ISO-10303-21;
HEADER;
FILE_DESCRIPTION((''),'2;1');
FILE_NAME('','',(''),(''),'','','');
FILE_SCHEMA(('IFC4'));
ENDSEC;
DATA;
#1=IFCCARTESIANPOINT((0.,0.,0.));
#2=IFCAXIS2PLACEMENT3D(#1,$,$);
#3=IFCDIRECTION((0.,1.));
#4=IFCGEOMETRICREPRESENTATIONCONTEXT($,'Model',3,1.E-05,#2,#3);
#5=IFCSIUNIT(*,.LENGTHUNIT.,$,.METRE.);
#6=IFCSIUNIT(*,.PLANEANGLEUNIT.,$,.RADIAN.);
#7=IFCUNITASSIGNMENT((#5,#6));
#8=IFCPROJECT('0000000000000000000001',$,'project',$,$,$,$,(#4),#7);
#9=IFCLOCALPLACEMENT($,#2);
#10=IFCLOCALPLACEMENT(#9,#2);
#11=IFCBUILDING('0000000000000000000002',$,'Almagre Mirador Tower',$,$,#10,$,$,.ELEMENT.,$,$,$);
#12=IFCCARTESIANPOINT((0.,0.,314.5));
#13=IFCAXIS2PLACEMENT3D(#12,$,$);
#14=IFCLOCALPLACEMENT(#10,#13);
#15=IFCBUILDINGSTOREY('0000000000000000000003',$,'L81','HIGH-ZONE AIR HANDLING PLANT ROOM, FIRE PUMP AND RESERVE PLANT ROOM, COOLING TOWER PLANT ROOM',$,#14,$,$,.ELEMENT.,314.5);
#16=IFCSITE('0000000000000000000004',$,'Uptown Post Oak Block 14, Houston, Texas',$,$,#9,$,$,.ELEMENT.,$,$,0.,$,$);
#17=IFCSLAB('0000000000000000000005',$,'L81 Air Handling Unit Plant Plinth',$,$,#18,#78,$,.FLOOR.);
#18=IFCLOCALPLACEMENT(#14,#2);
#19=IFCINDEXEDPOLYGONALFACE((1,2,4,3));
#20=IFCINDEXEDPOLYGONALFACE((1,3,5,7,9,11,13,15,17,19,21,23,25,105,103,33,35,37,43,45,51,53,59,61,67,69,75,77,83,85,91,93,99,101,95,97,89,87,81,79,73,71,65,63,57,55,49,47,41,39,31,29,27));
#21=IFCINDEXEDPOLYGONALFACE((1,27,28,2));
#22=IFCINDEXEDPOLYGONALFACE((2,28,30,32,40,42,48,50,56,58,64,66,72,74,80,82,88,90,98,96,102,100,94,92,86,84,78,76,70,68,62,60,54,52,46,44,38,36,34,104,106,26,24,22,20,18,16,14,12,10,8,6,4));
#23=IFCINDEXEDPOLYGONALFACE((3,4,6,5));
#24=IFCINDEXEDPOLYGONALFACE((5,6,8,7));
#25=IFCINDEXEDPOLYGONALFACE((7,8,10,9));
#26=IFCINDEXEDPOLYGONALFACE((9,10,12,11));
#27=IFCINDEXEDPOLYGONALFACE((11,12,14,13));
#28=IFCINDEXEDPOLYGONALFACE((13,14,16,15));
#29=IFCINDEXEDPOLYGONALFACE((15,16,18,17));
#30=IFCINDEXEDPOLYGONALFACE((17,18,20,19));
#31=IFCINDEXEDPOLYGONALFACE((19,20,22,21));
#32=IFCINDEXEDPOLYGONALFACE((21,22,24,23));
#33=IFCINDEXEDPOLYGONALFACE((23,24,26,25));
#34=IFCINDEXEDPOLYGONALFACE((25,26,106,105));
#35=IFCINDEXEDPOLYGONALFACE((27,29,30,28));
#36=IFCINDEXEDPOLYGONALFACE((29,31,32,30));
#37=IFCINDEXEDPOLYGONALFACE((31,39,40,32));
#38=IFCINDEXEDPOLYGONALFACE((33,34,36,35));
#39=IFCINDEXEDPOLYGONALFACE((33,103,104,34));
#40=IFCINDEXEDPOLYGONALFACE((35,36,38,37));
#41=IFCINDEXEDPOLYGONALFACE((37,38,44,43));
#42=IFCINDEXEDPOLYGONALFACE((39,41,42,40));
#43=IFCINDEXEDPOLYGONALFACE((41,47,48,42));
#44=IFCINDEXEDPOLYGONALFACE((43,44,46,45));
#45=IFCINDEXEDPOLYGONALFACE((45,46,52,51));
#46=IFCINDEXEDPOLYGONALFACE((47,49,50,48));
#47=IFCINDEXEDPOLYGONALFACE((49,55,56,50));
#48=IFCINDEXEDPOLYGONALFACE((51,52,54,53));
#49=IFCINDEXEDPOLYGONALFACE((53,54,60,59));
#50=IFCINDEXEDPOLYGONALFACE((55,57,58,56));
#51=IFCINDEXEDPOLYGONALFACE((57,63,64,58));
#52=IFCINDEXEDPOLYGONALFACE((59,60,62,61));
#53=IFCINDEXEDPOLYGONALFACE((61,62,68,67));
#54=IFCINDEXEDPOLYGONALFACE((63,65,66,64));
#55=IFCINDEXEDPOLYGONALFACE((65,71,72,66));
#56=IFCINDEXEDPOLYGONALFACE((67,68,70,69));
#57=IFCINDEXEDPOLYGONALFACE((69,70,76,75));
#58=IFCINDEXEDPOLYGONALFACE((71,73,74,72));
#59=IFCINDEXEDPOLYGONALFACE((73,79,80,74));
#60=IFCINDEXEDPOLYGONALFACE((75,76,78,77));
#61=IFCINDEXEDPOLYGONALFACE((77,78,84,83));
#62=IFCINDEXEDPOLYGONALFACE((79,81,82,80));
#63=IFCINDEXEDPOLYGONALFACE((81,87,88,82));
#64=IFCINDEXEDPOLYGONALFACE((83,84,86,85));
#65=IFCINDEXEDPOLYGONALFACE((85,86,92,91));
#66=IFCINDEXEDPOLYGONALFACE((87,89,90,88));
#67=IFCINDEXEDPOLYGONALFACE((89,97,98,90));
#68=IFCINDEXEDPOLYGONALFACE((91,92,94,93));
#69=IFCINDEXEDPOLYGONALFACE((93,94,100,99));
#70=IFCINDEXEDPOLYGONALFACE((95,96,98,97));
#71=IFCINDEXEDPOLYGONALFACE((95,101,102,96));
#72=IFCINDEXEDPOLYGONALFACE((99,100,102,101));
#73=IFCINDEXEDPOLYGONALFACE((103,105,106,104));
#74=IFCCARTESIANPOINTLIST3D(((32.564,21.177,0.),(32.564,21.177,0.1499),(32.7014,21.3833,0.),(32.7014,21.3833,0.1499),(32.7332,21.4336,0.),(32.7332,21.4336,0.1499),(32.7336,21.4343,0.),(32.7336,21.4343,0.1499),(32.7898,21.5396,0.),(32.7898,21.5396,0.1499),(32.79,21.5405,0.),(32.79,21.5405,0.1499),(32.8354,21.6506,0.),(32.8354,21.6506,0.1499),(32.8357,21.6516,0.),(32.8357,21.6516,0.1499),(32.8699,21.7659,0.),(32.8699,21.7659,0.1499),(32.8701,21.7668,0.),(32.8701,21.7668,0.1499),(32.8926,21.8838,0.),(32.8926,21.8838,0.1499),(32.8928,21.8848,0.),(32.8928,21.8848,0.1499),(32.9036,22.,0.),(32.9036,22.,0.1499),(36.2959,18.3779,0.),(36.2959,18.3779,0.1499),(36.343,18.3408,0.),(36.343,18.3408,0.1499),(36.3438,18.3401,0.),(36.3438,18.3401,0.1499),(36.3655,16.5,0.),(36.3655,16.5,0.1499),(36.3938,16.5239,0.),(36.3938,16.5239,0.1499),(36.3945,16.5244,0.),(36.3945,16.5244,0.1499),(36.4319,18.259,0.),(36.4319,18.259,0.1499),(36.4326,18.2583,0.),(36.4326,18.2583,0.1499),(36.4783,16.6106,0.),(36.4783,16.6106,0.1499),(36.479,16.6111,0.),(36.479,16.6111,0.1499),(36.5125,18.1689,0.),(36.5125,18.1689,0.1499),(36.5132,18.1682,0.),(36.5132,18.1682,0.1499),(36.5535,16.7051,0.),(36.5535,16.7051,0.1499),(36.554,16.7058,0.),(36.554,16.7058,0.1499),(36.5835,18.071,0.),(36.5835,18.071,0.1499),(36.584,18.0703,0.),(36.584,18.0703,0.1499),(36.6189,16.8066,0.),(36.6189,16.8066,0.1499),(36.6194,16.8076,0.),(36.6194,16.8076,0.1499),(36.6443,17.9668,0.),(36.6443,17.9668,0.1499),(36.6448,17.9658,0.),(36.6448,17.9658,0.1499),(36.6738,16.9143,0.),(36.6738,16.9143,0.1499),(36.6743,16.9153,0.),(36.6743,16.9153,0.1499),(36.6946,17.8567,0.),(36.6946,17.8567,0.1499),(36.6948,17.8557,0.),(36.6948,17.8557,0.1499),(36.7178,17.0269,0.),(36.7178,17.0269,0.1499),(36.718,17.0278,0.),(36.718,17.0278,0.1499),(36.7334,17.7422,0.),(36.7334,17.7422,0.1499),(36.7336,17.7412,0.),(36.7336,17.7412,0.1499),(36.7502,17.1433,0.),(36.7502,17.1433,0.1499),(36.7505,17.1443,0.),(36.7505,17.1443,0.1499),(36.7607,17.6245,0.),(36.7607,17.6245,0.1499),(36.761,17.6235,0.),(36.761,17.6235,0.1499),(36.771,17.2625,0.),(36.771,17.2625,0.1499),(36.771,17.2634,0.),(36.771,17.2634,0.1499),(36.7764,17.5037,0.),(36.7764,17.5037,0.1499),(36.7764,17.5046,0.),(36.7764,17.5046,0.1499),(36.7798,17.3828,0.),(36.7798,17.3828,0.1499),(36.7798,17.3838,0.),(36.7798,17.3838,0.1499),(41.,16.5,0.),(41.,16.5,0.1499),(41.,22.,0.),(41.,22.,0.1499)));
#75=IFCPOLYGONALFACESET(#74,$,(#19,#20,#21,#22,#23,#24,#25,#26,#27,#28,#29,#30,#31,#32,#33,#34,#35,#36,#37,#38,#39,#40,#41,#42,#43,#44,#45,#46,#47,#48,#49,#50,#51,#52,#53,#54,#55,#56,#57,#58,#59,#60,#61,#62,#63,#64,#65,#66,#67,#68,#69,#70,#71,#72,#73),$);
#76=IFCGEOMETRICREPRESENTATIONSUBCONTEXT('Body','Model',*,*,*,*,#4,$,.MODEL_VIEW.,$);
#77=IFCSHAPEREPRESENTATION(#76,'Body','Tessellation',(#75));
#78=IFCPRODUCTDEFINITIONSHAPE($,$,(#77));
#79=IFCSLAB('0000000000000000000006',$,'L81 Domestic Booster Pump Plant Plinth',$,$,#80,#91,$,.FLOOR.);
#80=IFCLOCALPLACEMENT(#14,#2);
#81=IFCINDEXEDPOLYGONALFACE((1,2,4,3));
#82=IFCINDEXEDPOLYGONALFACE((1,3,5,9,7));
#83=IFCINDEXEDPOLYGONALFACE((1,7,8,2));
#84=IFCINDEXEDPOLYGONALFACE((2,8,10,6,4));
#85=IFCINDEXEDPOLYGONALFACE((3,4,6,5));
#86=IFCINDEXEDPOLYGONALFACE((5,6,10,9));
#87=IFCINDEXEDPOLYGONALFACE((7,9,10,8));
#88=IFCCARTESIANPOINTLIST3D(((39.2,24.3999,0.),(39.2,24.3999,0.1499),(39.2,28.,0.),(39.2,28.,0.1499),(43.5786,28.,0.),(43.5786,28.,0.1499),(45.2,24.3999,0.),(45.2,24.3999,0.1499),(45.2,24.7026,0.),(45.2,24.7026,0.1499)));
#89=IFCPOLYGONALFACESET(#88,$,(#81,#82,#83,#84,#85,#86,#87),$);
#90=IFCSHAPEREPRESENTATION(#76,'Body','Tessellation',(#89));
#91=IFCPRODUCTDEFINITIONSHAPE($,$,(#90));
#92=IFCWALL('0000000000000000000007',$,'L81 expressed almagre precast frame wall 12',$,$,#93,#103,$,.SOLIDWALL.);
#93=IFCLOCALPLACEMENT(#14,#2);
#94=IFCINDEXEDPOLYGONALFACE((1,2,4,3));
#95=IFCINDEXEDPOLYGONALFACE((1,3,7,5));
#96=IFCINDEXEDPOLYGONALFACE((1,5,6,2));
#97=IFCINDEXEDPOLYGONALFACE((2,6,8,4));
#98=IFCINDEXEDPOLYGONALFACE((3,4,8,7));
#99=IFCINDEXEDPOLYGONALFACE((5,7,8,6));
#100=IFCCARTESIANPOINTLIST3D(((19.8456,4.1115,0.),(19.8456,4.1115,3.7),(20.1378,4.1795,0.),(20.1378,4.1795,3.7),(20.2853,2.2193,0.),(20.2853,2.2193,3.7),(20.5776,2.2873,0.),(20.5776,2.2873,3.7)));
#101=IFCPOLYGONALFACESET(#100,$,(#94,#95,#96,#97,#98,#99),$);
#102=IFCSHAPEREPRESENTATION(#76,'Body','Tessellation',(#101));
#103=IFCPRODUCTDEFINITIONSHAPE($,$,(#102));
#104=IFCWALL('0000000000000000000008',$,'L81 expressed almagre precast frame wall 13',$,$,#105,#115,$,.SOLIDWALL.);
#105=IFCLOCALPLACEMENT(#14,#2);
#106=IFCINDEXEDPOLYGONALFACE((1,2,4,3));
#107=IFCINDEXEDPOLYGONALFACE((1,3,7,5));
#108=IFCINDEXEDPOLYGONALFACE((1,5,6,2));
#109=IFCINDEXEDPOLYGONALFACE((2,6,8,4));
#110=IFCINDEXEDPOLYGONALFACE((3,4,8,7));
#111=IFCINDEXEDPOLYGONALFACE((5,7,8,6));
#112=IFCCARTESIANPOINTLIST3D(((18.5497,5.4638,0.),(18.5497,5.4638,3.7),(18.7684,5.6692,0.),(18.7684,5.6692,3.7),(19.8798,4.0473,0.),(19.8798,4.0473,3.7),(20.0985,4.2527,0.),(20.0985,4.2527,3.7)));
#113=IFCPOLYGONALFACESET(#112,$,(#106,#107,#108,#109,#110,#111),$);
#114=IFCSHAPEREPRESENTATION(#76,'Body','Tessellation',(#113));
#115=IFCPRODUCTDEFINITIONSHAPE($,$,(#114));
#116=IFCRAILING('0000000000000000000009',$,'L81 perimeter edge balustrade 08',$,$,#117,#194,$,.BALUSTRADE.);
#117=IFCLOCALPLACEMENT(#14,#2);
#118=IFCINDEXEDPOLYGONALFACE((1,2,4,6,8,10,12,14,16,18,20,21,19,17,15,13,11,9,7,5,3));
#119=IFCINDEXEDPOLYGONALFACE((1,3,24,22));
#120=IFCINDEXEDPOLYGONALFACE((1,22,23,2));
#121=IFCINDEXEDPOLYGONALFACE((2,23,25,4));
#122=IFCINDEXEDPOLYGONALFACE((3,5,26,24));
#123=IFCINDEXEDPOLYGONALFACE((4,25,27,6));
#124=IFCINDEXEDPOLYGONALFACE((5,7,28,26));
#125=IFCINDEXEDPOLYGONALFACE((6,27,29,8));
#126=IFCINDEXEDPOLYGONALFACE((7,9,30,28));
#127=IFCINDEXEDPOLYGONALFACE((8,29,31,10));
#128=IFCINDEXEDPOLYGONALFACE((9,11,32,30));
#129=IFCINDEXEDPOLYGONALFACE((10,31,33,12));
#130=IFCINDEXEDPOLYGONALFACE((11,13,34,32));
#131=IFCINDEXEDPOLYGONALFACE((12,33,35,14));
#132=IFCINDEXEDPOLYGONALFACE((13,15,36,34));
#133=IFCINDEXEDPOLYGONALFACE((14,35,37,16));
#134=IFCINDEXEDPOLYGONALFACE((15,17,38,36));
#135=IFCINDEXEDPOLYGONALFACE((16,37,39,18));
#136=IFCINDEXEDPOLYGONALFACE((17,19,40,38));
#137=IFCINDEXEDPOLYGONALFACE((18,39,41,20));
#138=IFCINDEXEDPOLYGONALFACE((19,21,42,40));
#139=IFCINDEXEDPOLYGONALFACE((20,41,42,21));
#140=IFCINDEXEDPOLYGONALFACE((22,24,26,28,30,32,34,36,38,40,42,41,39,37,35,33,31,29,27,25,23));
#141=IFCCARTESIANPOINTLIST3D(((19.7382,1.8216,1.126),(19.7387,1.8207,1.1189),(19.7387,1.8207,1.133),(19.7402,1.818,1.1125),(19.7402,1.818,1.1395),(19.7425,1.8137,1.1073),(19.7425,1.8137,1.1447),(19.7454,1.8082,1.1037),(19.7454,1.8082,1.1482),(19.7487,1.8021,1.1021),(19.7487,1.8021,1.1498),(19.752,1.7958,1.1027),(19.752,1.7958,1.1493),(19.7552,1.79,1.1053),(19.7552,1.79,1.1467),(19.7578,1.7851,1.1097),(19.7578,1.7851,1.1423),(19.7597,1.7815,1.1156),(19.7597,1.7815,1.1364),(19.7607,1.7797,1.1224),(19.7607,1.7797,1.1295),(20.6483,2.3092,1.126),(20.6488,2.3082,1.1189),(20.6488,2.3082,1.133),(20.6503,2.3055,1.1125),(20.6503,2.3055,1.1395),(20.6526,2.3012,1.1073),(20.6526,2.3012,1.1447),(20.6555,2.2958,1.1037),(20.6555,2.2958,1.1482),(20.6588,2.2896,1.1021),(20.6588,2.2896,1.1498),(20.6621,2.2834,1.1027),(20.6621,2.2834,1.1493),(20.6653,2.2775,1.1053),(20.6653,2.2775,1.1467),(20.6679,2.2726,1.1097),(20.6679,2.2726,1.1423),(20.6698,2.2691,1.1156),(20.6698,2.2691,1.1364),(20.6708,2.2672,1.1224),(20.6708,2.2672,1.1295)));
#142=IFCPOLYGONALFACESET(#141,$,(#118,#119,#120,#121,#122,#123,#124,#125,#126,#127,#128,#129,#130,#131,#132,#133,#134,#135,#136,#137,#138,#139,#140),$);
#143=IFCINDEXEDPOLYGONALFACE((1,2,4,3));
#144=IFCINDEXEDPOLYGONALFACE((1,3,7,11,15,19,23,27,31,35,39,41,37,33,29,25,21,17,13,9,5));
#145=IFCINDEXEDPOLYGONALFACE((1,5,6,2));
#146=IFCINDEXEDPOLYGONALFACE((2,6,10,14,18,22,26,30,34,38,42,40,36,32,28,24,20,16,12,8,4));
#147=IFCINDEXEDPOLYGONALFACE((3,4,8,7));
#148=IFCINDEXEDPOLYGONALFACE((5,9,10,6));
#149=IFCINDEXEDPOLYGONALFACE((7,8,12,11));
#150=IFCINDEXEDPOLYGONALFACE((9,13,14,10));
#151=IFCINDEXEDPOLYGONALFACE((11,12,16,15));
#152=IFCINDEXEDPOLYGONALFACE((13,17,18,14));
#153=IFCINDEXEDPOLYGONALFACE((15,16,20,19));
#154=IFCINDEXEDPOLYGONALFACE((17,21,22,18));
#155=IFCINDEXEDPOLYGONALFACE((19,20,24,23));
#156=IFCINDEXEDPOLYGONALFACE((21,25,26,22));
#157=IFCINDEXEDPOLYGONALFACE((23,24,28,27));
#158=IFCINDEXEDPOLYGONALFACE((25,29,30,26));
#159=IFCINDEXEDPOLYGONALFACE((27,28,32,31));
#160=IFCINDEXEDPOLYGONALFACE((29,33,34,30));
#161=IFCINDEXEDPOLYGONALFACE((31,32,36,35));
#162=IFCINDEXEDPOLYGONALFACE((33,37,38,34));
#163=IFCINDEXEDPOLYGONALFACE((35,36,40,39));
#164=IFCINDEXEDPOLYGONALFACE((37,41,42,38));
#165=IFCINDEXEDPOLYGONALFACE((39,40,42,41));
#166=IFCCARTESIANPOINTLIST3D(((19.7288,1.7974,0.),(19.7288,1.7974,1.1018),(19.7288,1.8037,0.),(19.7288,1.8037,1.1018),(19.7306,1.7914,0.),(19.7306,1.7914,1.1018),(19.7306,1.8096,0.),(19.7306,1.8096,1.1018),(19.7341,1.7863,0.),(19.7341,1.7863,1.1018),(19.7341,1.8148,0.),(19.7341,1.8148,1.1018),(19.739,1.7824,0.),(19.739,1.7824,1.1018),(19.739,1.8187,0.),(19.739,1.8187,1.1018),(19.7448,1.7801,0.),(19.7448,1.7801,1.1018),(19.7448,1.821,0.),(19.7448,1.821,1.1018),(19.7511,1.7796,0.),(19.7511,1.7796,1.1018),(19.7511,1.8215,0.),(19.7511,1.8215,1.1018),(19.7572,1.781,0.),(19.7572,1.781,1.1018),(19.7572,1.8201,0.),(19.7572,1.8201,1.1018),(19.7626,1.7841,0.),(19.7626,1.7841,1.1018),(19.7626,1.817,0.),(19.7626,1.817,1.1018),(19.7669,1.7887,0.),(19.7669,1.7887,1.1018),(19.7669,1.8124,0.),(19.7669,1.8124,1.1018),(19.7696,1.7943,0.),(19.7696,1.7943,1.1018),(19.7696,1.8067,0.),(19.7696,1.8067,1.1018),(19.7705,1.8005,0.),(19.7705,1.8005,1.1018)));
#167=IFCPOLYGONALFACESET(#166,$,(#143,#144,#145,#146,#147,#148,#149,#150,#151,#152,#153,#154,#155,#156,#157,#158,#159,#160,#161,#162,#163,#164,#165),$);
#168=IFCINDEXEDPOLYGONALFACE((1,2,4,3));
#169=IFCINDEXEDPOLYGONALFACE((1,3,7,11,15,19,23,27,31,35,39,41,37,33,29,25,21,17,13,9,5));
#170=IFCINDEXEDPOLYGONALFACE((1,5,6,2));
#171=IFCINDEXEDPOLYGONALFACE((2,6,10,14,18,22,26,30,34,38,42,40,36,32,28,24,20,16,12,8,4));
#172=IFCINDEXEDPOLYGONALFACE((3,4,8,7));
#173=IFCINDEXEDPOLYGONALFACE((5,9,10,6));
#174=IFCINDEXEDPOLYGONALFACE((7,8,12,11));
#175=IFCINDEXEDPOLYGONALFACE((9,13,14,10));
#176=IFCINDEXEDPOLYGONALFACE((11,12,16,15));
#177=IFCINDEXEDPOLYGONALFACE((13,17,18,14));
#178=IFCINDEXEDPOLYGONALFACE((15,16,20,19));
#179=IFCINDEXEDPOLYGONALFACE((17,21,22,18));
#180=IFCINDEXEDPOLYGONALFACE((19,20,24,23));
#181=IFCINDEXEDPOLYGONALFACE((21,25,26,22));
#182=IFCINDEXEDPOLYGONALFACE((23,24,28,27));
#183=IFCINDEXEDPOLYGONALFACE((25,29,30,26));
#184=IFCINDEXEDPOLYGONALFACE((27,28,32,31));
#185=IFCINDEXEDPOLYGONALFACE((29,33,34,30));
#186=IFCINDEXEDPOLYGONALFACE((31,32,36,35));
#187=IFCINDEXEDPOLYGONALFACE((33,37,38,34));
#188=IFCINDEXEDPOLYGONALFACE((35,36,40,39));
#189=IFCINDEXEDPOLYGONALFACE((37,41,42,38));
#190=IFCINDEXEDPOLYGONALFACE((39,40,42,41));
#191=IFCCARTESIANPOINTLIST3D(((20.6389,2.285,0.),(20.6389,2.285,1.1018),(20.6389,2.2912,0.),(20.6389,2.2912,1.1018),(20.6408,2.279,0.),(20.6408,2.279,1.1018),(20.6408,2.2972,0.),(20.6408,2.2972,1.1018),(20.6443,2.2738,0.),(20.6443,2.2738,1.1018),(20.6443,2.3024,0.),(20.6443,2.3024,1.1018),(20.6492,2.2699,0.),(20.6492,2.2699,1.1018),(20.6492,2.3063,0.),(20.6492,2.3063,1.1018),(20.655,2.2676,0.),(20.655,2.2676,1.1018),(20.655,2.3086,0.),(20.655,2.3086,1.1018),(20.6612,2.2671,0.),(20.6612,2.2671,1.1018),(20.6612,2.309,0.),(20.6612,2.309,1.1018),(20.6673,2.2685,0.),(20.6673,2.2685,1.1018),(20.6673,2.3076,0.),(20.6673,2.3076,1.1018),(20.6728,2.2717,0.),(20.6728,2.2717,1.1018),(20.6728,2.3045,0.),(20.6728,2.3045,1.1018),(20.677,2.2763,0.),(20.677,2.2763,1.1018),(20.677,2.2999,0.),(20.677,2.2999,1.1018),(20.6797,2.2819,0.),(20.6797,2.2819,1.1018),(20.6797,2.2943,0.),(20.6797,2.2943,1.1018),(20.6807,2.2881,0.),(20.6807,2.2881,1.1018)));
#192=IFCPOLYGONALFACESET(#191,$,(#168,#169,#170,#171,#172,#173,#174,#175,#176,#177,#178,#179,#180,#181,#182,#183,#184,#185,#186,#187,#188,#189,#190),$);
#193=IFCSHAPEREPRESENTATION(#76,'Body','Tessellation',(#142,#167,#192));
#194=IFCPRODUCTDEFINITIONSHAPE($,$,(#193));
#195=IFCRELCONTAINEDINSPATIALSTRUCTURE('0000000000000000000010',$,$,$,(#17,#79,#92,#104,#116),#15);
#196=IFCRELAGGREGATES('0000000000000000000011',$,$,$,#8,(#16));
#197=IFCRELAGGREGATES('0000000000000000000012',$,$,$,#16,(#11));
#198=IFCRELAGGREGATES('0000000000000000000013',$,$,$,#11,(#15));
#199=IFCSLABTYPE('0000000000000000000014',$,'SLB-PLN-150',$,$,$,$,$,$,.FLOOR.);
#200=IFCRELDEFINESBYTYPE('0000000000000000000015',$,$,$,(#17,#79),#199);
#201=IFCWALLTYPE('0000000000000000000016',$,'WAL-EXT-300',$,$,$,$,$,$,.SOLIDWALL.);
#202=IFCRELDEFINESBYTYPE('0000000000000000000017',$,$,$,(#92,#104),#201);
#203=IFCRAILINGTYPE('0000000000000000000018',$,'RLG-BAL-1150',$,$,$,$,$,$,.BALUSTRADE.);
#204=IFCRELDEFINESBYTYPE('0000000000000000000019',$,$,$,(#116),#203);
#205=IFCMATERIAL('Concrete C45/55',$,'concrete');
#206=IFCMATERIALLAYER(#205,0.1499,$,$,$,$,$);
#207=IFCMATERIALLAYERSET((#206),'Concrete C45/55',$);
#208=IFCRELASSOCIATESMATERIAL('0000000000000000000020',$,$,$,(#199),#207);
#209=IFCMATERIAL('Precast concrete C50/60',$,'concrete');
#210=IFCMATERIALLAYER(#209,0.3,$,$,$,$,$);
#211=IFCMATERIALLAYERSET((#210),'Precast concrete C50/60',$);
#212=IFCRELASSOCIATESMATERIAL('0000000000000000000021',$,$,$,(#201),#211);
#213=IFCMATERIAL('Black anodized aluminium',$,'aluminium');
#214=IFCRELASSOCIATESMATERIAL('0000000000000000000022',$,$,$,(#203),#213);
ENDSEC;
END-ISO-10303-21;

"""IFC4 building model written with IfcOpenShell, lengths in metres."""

from ifc_helpers import new_model, si_unit, direction, frame, frame_2d, origin, origin_2d, place, context, subcontext, project, spatial, polyline, rectangle, circle, outline, extrude, material, layer, layer_set, type_object, element, save


model = new_model("IFC4")

# Units and contexts
model_context = context("Model", 3, precision=1e-05, world=origin(), true_north=direction((0.0, 1.0)))
body_context = subcontext(model_context, "Body", "Model", "MODEL_VIEW")
ifc_project = project(units=[si_unit("LENGTHUNIT", "METRE"), si_unit("PLANEANGLEUNIT", "RADIAN")], contexts=[model_context])

# Site, building, storey
site_placement = place(None, origin())
site = spatial("IfcSite", under=ifc_project, at=site_placement, Name="Uptown Post Oak Block 14, Houston, Texas", CompositionType="ELEMENT", RefElevation=0.0)
building_placement = place(site_placement, origin())
building = spatial("IfcBuilding", under=site, at=building_placement, Name="Almagre Mirador Tower", CompositionType="ELEMENT")
storey_placement = place(building_placement, frame((0.0, 0.0, 314.5)))
storey = spatial("IfcBuildingStorey", under=building, at=storey_placement, Name="L81", Description="HIGH-ZONE AIR HANDLING PLANT ROOM, FIRE PUMP AND RESERVE PLANT ROOM, COOLING TOWER PLANT ROOM", CompositionType="ELEMENT", Elevation=314.5)

# Slabs
ifc_material_1 = material(Name="Concrete C45/55", Category="concrete")
ifc_layer_1 = layer(ifc_material_1, 0.1499)
ifc_layer_set_1 = layer_set([ifc_layer_1], Name="Concrete C45/55")
slab_type_1 = type_object("IfcSlabType", Name="SLB-PLN-150", PredefinedType="FLOOR", material=ifc_layer_set_1)
slab_1_placement = place(storey_placement, origin())
element("IfcSlab", 1, at=slab_1_placement, inside=storey, type_object=slab_type_1, Name="L81 Air Handling Unit Plant Plinth", PredefinedType="FLOOR", context=body_context, shape_type="SweptSolid", body=[
    extrude(outline(polyline([(32.9036, 22.0), (32.8928, 21.8848), (32.8926, 21.8838), (32.8701, 21.7668), (32.8699, 21.7659), (32.8357, 21.6516), (32.8354, 21.6506), (32.79, 21.5405), (32.7898, 21.5396), (32.7336, 21.4343), (32.7332, 21.4336), (32.7014, 21.3833), (32.564, 21.177), (36.2959, 18.3779), (36.343, 18.3408), (36.3438, 18.3401), (36.4319, 18.259), (36.4326, 18.2583), (36.5125, 18.1689), (36.5132, 18.1682), (36.5835, 18.071), (36.584, 18.0703), (36.6443, 17.9668), (36.6448, 17.9658), (36.6946, 17.8567), (36.6948, 17.8557), (36.7334, 17.7422), (36.7336, 17.7412), (36.7607, 17.6245), (36.761, 17.6235), (36.7764, 17.5046), (36.7764, 17.5037), (36.7798, 17.3838), (36.7798, 17.3828), (36.771, 17.2634), (36.771, 17.2625), (36.7505, 17.1443), (36.7502, 17.1433), (36.718, 17.0278), (36.7178, 17.0269), (36.6743, 16.9153), (36.6738, 16.9143), (36.6194, 16.8076), (36.6189, 16.8066), (36.554, 16.7058), (36.5535, 16.7051), (36.479, 16.6111), (36.4783, 16.6106), (36.3945, 16.5244), (36.3938, 16.5239), (36.3655, 16.5), (41.0, 16.5), (41.0, 22.0), (32.9036, 22.0)])), origin(), (0.0, 0.0, 1.0), 0.1499),
])
slab_2_placement = place(storey_placement, origin())
element("IfcSlab", 2, at=slab_2_placement, inside=storey, type_object=slab_type_1, Name="L81 Domestic Booster Pump Plant Plinth", PredefinedType="FLOOR", context=body_context, shape_type="SweptSolid", body=[
    extrude(outline(polyline([(45.2, 24.7026), (43.5786, 28.0), (39.2, 28.0), (39.2, 24.3999), (45.2, 24.3999), (45.2, 24.7026)])), origin(), (0.0, 0.0, 1.0), 0.1499),
])

# Walls
ifc_material_2 = material(Name="Precast concrete C50/60", Category="concrete")
ifc_layer_2 = layer(ifc_material_2, 0.3)
ifc_layer_set_2 = layer_set([ifc_layer_2], Name="Precast concrete C50/60")
wall_type = type_object("IfcWallType", Name="WAL-EXT-300", PredefinedType="SOLIDWALL", material=ifc_layer_set_2)
wall_1_placement = place(storey_placement, frame((20.4314, 2.2534, 0.0), z_axis=(0.0, 0.0, 1.0), x_axis=(-0.226355, 0.974045, 0.0)))
element("IfcWall", 3, at=wall_1_placement, inside=storey, type_object=wall_type, Name="L81 expressed almagre precast frame wall 12", PredefinedType="SOLIDWALL", context=body_context, shape_type="SweptSolid", body=[
    extrude(rectangle(XDim=1.9426, YDim=0.3, at=frame_2d((0.9712, 0.0))), origin(), (0.0, 0.0, 1.0), 3.7),
])
wall_2_placement = place(storey_placement, frame((19.9893, 4.1499, 0.0), z_axis=(0.0, 0.0, 1.0), x_axis=(-0.684518, 0.728996, 0.0)))
element("IfcWall", 4, at=wall_2_placement, inside=storey, type_object=wall_type, Name="L81 expressed almagre precast frame wall 13", PredefinedType="SOLIDWALL", context=body_context, shape_type="SweptSolid", body=[
    extrude(rectangle(XDim=1.9431, YDim=0.3, at=frame_2d((0.9717, 0.0))), origin(), (0.0, 0.0, 1.0), 3.7),
])

# Railing
ifc_material_3 = material(Name="Black anodized aluminium", Category="aluminium")
railing_type = type_object("IfcRailingType", Name="RLG-BAL-1150", PredefinedType="BALUSTRADE", material=ifc_material_3)
railing_1_placement = place(storey_placement, frame((19.7495, 1.8005, 0.0)))
element("IfcRailing", 5, at=railing_1_placement, inside=storey, type_object=railing_type, Name="L81 perimeter edge balustrade 08", PredefinedType="BALUSTRADE", context=body_context, shape_type="SweptSolid", body=[
    extrude(circle(Radius=0.0239, at=origin_2d()), frame((0.0, 0.0, 1.126), z_axis=(0.881494, 0.472195, 0.0), x_axis=(-0.472195, 0.881494, 0.0)), (0.0, 0.0, 1.0), 1.0325),
    extrude(circle(Radius=0.021, at=origin_2d()), origin(), (0.0, 0.0, 1.0), 1.1018),
    extrude(circle(Radius=0.021, at=origin_2d()), frame((0.9102, 0.4875, 0.0)), (0.0, 0.0, 1.0), 1.1018),
])

save(model, "model.ifc")
